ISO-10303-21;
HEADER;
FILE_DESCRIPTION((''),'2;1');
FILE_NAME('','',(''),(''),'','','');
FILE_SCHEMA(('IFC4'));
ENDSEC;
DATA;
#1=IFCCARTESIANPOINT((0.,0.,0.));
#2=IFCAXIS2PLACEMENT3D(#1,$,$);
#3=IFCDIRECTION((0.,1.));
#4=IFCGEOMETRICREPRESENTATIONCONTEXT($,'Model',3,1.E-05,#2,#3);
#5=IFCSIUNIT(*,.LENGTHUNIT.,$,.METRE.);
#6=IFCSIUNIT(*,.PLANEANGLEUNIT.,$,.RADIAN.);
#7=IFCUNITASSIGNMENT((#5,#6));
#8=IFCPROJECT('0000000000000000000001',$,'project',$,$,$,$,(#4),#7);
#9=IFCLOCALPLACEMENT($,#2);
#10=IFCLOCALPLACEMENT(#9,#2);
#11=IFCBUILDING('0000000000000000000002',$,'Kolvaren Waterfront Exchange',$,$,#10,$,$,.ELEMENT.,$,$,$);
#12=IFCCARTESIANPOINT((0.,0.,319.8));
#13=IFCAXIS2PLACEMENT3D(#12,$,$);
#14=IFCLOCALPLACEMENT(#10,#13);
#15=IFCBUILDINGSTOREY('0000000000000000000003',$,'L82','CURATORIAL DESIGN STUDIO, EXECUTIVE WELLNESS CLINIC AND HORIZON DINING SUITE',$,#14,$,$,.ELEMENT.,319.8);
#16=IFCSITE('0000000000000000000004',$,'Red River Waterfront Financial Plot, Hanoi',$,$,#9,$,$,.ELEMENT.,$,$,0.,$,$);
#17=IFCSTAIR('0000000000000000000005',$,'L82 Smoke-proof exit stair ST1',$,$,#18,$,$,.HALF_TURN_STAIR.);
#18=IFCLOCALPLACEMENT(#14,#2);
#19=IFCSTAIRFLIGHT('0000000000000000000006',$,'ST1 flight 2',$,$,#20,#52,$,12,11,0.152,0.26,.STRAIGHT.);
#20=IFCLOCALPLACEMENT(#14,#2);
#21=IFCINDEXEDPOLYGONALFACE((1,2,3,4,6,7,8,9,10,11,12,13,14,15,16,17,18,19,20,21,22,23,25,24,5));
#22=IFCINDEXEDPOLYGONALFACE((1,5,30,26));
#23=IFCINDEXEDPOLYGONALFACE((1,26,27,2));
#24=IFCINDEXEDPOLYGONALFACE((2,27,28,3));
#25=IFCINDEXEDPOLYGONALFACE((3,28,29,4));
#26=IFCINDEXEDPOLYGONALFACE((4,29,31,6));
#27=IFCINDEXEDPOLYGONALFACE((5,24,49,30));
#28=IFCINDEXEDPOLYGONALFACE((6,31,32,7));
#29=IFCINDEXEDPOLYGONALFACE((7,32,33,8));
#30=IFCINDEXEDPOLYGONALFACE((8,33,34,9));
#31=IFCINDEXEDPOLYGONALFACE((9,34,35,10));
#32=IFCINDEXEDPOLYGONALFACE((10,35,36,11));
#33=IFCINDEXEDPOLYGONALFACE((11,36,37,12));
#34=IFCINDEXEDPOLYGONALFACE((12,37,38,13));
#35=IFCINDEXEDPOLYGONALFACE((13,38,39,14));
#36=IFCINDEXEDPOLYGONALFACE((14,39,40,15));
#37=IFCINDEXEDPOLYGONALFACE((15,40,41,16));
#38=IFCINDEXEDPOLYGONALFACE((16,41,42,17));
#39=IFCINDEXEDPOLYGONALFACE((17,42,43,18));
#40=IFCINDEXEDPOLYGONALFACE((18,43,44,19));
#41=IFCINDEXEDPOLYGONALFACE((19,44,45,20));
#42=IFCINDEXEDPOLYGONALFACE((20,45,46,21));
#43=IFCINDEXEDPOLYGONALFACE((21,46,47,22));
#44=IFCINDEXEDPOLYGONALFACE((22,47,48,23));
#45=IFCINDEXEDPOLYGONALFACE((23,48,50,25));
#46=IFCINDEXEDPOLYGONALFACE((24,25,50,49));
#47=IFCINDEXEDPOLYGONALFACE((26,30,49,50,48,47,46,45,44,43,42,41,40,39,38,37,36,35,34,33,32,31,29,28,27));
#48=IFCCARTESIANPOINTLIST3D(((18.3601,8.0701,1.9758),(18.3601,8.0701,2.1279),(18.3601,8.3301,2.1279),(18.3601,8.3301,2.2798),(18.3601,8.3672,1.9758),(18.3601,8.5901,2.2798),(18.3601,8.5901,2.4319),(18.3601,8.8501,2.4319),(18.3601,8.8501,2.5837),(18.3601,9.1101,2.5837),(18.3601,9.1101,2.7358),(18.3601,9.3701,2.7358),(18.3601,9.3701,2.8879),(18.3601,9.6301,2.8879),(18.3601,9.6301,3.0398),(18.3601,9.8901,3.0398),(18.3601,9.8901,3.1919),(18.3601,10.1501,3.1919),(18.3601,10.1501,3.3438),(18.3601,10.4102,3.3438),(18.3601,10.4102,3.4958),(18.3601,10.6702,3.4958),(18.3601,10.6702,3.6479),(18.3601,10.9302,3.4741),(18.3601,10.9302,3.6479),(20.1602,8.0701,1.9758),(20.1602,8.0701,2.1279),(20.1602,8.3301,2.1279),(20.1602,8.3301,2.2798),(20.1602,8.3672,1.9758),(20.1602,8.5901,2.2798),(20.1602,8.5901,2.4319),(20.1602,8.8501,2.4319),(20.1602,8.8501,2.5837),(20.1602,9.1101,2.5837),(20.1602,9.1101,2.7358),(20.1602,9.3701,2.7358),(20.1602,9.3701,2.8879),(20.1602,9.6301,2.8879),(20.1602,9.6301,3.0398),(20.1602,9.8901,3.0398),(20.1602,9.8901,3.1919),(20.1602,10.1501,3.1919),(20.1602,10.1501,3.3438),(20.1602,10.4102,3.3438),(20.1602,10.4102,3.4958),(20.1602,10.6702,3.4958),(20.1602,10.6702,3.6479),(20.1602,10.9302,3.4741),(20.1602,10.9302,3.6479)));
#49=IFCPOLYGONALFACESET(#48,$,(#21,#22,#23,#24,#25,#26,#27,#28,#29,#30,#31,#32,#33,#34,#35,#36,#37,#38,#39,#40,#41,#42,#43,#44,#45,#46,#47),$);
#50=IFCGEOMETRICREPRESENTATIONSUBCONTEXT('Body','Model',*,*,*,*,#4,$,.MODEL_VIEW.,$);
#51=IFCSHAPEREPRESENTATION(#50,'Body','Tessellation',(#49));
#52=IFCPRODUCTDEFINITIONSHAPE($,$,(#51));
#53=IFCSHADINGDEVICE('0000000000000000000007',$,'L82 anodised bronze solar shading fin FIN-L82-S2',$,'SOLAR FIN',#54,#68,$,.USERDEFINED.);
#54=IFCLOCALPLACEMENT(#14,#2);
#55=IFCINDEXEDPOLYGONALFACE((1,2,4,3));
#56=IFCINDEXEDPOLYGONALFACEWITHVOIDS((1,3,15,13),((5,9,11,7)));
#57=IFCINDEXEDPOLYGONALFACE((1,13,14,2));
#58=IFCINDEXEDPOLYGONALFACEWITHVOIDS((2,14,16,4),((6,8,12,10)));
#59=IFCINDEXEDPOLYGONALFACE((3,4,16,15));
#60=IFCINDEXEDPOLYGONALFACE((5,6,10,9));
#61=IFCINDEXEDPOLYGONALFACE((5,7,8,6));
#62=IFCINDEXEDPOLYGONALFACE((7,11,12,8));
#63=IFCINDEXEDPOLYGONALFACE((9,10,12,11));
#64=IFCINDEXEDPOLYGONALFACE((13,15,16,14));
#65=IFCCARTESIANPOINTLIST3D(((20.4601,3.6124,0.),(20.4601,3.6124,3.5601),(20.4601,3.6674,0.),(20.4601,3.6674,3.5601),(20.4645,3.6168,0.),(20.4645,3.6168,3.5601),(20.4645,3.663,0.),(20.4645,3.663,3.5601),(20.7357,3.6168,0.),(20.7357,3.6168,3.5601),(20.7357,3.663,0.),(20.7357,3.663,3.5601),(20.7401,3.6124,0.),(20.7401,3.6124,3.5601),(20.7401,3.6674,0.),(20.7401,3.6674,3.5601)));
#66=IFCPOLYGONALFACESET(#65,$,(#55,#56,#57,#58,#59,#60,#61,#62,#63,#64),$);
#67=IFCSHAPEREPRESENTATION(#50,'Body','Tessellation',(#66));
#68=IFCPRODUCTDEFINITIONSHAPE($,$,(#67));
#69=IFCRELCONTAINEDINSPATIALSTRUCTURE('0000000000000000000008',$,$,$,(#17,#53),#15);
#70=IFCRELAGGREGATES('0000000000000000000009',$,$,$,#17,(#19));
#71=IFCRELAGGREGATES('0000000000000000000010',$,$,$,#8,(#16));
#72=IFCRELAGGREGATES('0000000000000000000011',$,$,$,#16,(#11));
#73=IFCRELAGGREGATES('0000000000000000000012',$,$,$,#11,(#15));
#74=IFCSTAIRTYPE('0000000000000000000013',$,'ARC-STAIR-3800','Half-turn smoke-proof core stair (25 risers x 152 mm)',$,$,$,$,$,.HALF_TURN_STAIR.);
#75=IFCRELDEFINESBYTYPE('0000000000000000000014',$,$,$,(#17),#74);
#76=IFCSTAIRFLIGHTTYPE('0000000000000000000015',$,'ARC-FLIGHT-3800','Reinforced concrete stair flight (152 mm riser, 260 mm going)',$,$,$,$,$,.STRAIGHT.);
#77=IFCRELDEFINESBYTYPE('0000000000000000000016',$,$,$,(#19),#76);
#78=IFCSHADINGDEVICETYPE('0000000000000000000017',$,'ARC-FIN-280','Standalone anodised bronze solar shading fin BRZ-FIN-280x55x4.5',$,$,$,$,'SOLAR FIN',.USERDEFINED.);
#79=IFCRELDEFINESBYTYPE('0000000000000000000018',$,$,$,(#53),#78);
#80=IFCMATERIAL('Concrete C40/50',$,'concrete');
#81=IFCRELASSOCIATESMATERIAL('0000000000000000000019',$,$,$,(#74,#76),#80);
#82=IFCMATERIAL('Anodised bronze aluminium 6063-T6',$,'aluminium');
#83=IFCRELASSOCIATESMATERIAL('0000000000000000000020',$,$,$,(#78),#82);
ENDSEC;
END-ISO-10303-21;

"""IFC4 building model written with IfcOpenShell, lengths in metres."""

from ifc_helpers import new_model, si_unit, direction, frame, origin, origin_2d, place, context, subcontext, project, spatial, polyline, hollow_rectangle, outline, extrude, material, material_profile, profile_set, type_object, element, aggregate, save


model = new_model("IFC4")

# Units and contexts
model_context = context("Model", 3, precision=1e-05, world=origin(), true_north=direction((0.0, 1.0)))
body_context = subcontext(model_context, "Body", "Model", "MODEL_VIEW")
ifc_project = project(units=[si_unit("LENGTHUNIT", "METRE"), si_unit("PLANEANGLEUNIT", "RADIAN")], contexts=[model_context])

# Site, building, storey
site_placement = place(None, origin())
site = spatial("IfcSite", under=ifc_project, at=site_placement, Name="Red River Waterfront Financial Plot, Hanoi", CompositionType="ELEMENT", RefElevation=0.0)
building_placement = place(site_placement, origin())
building = spatial("IfcBuilding", under=site, at=building_placement, Name="Kolvaren Waterfront Exchange", CompositionType="ELEMENT")
storey_placement = place(building_placement, frame((0.0, 0.0, 319.8)))
storey = spatial("IfcBuildingStorey", under=building, at=storey_placement, Name="L82", Description="CURATORIAL DESIGN STUDIO, EXECUTIVE WELLNESS CLINIC AND HORIZON DINING SUITE", CompositionType="ELEMENT", Elevation=319.8)

# Shared definitions
ifc_material_1 = material(Name="Anodised bronze aluminium 6063-T6", Category="aluminium")

# Shared definitions
ifc_material_2 = material(Name="Concrete C40/50", Category="concrete")

# Stair, stair flight
stair_type = type_object("IfcStairType", Name="ARC-STAIR-3800", Description="Half-turn smoke-proof core stair (25 risers x 152 mm)", PredefinedType="HALF_TURN_STAIR", material=ifc_material_2)
stair_placement = place(storey_placement, origin())
stair = element("IfcStair", 1, at=stair_placement, inside=storey, type_object=stair_type, Name="L82 Smoke-proof exit stair ST1", PredefinedType="HALF_TURN_STAIR")
stair_flight_type = type_object("IfcStairFlightType", Name="ARC-FLIGHT-3800", Description="Reinforced concrete stair flight (152 mm riser, 260 mm going)", PredefinedType="STRAIGHT", material=ifc_material_2)
stair_flight_placement = place(storey_placement, frame((19.26, 8.0701, 1.9758), z_axis=(0.0, 0.0, 1.0), x_axis=(0.0, 1.0, 0.0)))
stair_flight = element("IfcStairFlight", 2, at=stair_flight_placement, type_object=stair_flight_type, Name="ST1 flight 2", NumberOfRisers=12, NumberOfTreads=11, PredefinedType="STRAIGHT", RiserHeight=0.152, TreadLength=0.26, context=body_context, shape_type="SweptSolid", body=[
    extrude(outline(polyline([(0.0, 0.0), (0.0, 0.1521), (0.26, 0.1521), (0.26, 0.304), (0.52, 0.304), (0.52, 0.4561), (0.78, 0.4561), (0.78, 0.6079), (1.04, 0.6079), (1.04, 0.76), (1.3, 0.76), (1.3, 0.9121), (1.5601, 0.9121), (1.5601, 1.064), (1.8201, 1.064), (1.8201, 1.2161), (2.0801, 1.2161), (2.0801, 1.3679), (2.3401, 1.3679), (2.3401, 1.52), (2.6001, 1.52), (2.6001, 1.6721), (2.8601, 1.6721), (2.8601, 1.824), (2.8601, 1.4983), (0.2971, 0.0), (0.0, 0.0)])), frame((0.0, 0.8999, 0.0), z_axis=(0.0, -1.0, 0.0), x_axis=(1.0, 0.0, 0.0)), (0.0, 0.0, 1.0), 1.8),
])
aggregate(stair, [stair_flight])

# Shading device
ifc_material_profile_1 = material_profile(ifc_material_1, hollow_rectangle(XDim=0.0549, YDim=0.28, WallThickness=0.0044, at=origin_2d()), Name="BRZ-FIN-280x55x4.5")
ifc_profile_set_1 = profile_set([ifc_material_profile_1], Name="Anodised bronze aluminium 6063-T6")
shading_device_type = type_object("IfcShadingDeviceType", Name="ARC-FIN-280", Description="Standalone anodised bronze solar shading fin BRZ-FIN-280x55x4.5", ElementType="SOLAR FIN", PredefinedType="USERDEFINED", material=ifc_profile_set_1)
shading_device_placement = place(storey_placement, frame((20.6001, 3.6399, 0.0), z_axis=(0.0, 0.0, 1.0), x_axis=(0.0, -1.0, 0.0)))
element("IfcShadingDevice", 3, at=shading_device_placement, inside=storey, type_object=shading_device_type, Name="L82 anodised bronze solar shading fin FIN-L82-S2", ObjectType="SOLAR FIN", PredefinedType="USERDEFINED", context=body_context, shape_type="SweptSolid", body=[
    extrude(hollow_rectangle(XDim=0.0549, YDim=0.28, WallThickness=0.0044, at=origin_2d()), origin(), (0.0, 0.0, 1.0), 3.5601),
])

save(model, "model.ifc")
